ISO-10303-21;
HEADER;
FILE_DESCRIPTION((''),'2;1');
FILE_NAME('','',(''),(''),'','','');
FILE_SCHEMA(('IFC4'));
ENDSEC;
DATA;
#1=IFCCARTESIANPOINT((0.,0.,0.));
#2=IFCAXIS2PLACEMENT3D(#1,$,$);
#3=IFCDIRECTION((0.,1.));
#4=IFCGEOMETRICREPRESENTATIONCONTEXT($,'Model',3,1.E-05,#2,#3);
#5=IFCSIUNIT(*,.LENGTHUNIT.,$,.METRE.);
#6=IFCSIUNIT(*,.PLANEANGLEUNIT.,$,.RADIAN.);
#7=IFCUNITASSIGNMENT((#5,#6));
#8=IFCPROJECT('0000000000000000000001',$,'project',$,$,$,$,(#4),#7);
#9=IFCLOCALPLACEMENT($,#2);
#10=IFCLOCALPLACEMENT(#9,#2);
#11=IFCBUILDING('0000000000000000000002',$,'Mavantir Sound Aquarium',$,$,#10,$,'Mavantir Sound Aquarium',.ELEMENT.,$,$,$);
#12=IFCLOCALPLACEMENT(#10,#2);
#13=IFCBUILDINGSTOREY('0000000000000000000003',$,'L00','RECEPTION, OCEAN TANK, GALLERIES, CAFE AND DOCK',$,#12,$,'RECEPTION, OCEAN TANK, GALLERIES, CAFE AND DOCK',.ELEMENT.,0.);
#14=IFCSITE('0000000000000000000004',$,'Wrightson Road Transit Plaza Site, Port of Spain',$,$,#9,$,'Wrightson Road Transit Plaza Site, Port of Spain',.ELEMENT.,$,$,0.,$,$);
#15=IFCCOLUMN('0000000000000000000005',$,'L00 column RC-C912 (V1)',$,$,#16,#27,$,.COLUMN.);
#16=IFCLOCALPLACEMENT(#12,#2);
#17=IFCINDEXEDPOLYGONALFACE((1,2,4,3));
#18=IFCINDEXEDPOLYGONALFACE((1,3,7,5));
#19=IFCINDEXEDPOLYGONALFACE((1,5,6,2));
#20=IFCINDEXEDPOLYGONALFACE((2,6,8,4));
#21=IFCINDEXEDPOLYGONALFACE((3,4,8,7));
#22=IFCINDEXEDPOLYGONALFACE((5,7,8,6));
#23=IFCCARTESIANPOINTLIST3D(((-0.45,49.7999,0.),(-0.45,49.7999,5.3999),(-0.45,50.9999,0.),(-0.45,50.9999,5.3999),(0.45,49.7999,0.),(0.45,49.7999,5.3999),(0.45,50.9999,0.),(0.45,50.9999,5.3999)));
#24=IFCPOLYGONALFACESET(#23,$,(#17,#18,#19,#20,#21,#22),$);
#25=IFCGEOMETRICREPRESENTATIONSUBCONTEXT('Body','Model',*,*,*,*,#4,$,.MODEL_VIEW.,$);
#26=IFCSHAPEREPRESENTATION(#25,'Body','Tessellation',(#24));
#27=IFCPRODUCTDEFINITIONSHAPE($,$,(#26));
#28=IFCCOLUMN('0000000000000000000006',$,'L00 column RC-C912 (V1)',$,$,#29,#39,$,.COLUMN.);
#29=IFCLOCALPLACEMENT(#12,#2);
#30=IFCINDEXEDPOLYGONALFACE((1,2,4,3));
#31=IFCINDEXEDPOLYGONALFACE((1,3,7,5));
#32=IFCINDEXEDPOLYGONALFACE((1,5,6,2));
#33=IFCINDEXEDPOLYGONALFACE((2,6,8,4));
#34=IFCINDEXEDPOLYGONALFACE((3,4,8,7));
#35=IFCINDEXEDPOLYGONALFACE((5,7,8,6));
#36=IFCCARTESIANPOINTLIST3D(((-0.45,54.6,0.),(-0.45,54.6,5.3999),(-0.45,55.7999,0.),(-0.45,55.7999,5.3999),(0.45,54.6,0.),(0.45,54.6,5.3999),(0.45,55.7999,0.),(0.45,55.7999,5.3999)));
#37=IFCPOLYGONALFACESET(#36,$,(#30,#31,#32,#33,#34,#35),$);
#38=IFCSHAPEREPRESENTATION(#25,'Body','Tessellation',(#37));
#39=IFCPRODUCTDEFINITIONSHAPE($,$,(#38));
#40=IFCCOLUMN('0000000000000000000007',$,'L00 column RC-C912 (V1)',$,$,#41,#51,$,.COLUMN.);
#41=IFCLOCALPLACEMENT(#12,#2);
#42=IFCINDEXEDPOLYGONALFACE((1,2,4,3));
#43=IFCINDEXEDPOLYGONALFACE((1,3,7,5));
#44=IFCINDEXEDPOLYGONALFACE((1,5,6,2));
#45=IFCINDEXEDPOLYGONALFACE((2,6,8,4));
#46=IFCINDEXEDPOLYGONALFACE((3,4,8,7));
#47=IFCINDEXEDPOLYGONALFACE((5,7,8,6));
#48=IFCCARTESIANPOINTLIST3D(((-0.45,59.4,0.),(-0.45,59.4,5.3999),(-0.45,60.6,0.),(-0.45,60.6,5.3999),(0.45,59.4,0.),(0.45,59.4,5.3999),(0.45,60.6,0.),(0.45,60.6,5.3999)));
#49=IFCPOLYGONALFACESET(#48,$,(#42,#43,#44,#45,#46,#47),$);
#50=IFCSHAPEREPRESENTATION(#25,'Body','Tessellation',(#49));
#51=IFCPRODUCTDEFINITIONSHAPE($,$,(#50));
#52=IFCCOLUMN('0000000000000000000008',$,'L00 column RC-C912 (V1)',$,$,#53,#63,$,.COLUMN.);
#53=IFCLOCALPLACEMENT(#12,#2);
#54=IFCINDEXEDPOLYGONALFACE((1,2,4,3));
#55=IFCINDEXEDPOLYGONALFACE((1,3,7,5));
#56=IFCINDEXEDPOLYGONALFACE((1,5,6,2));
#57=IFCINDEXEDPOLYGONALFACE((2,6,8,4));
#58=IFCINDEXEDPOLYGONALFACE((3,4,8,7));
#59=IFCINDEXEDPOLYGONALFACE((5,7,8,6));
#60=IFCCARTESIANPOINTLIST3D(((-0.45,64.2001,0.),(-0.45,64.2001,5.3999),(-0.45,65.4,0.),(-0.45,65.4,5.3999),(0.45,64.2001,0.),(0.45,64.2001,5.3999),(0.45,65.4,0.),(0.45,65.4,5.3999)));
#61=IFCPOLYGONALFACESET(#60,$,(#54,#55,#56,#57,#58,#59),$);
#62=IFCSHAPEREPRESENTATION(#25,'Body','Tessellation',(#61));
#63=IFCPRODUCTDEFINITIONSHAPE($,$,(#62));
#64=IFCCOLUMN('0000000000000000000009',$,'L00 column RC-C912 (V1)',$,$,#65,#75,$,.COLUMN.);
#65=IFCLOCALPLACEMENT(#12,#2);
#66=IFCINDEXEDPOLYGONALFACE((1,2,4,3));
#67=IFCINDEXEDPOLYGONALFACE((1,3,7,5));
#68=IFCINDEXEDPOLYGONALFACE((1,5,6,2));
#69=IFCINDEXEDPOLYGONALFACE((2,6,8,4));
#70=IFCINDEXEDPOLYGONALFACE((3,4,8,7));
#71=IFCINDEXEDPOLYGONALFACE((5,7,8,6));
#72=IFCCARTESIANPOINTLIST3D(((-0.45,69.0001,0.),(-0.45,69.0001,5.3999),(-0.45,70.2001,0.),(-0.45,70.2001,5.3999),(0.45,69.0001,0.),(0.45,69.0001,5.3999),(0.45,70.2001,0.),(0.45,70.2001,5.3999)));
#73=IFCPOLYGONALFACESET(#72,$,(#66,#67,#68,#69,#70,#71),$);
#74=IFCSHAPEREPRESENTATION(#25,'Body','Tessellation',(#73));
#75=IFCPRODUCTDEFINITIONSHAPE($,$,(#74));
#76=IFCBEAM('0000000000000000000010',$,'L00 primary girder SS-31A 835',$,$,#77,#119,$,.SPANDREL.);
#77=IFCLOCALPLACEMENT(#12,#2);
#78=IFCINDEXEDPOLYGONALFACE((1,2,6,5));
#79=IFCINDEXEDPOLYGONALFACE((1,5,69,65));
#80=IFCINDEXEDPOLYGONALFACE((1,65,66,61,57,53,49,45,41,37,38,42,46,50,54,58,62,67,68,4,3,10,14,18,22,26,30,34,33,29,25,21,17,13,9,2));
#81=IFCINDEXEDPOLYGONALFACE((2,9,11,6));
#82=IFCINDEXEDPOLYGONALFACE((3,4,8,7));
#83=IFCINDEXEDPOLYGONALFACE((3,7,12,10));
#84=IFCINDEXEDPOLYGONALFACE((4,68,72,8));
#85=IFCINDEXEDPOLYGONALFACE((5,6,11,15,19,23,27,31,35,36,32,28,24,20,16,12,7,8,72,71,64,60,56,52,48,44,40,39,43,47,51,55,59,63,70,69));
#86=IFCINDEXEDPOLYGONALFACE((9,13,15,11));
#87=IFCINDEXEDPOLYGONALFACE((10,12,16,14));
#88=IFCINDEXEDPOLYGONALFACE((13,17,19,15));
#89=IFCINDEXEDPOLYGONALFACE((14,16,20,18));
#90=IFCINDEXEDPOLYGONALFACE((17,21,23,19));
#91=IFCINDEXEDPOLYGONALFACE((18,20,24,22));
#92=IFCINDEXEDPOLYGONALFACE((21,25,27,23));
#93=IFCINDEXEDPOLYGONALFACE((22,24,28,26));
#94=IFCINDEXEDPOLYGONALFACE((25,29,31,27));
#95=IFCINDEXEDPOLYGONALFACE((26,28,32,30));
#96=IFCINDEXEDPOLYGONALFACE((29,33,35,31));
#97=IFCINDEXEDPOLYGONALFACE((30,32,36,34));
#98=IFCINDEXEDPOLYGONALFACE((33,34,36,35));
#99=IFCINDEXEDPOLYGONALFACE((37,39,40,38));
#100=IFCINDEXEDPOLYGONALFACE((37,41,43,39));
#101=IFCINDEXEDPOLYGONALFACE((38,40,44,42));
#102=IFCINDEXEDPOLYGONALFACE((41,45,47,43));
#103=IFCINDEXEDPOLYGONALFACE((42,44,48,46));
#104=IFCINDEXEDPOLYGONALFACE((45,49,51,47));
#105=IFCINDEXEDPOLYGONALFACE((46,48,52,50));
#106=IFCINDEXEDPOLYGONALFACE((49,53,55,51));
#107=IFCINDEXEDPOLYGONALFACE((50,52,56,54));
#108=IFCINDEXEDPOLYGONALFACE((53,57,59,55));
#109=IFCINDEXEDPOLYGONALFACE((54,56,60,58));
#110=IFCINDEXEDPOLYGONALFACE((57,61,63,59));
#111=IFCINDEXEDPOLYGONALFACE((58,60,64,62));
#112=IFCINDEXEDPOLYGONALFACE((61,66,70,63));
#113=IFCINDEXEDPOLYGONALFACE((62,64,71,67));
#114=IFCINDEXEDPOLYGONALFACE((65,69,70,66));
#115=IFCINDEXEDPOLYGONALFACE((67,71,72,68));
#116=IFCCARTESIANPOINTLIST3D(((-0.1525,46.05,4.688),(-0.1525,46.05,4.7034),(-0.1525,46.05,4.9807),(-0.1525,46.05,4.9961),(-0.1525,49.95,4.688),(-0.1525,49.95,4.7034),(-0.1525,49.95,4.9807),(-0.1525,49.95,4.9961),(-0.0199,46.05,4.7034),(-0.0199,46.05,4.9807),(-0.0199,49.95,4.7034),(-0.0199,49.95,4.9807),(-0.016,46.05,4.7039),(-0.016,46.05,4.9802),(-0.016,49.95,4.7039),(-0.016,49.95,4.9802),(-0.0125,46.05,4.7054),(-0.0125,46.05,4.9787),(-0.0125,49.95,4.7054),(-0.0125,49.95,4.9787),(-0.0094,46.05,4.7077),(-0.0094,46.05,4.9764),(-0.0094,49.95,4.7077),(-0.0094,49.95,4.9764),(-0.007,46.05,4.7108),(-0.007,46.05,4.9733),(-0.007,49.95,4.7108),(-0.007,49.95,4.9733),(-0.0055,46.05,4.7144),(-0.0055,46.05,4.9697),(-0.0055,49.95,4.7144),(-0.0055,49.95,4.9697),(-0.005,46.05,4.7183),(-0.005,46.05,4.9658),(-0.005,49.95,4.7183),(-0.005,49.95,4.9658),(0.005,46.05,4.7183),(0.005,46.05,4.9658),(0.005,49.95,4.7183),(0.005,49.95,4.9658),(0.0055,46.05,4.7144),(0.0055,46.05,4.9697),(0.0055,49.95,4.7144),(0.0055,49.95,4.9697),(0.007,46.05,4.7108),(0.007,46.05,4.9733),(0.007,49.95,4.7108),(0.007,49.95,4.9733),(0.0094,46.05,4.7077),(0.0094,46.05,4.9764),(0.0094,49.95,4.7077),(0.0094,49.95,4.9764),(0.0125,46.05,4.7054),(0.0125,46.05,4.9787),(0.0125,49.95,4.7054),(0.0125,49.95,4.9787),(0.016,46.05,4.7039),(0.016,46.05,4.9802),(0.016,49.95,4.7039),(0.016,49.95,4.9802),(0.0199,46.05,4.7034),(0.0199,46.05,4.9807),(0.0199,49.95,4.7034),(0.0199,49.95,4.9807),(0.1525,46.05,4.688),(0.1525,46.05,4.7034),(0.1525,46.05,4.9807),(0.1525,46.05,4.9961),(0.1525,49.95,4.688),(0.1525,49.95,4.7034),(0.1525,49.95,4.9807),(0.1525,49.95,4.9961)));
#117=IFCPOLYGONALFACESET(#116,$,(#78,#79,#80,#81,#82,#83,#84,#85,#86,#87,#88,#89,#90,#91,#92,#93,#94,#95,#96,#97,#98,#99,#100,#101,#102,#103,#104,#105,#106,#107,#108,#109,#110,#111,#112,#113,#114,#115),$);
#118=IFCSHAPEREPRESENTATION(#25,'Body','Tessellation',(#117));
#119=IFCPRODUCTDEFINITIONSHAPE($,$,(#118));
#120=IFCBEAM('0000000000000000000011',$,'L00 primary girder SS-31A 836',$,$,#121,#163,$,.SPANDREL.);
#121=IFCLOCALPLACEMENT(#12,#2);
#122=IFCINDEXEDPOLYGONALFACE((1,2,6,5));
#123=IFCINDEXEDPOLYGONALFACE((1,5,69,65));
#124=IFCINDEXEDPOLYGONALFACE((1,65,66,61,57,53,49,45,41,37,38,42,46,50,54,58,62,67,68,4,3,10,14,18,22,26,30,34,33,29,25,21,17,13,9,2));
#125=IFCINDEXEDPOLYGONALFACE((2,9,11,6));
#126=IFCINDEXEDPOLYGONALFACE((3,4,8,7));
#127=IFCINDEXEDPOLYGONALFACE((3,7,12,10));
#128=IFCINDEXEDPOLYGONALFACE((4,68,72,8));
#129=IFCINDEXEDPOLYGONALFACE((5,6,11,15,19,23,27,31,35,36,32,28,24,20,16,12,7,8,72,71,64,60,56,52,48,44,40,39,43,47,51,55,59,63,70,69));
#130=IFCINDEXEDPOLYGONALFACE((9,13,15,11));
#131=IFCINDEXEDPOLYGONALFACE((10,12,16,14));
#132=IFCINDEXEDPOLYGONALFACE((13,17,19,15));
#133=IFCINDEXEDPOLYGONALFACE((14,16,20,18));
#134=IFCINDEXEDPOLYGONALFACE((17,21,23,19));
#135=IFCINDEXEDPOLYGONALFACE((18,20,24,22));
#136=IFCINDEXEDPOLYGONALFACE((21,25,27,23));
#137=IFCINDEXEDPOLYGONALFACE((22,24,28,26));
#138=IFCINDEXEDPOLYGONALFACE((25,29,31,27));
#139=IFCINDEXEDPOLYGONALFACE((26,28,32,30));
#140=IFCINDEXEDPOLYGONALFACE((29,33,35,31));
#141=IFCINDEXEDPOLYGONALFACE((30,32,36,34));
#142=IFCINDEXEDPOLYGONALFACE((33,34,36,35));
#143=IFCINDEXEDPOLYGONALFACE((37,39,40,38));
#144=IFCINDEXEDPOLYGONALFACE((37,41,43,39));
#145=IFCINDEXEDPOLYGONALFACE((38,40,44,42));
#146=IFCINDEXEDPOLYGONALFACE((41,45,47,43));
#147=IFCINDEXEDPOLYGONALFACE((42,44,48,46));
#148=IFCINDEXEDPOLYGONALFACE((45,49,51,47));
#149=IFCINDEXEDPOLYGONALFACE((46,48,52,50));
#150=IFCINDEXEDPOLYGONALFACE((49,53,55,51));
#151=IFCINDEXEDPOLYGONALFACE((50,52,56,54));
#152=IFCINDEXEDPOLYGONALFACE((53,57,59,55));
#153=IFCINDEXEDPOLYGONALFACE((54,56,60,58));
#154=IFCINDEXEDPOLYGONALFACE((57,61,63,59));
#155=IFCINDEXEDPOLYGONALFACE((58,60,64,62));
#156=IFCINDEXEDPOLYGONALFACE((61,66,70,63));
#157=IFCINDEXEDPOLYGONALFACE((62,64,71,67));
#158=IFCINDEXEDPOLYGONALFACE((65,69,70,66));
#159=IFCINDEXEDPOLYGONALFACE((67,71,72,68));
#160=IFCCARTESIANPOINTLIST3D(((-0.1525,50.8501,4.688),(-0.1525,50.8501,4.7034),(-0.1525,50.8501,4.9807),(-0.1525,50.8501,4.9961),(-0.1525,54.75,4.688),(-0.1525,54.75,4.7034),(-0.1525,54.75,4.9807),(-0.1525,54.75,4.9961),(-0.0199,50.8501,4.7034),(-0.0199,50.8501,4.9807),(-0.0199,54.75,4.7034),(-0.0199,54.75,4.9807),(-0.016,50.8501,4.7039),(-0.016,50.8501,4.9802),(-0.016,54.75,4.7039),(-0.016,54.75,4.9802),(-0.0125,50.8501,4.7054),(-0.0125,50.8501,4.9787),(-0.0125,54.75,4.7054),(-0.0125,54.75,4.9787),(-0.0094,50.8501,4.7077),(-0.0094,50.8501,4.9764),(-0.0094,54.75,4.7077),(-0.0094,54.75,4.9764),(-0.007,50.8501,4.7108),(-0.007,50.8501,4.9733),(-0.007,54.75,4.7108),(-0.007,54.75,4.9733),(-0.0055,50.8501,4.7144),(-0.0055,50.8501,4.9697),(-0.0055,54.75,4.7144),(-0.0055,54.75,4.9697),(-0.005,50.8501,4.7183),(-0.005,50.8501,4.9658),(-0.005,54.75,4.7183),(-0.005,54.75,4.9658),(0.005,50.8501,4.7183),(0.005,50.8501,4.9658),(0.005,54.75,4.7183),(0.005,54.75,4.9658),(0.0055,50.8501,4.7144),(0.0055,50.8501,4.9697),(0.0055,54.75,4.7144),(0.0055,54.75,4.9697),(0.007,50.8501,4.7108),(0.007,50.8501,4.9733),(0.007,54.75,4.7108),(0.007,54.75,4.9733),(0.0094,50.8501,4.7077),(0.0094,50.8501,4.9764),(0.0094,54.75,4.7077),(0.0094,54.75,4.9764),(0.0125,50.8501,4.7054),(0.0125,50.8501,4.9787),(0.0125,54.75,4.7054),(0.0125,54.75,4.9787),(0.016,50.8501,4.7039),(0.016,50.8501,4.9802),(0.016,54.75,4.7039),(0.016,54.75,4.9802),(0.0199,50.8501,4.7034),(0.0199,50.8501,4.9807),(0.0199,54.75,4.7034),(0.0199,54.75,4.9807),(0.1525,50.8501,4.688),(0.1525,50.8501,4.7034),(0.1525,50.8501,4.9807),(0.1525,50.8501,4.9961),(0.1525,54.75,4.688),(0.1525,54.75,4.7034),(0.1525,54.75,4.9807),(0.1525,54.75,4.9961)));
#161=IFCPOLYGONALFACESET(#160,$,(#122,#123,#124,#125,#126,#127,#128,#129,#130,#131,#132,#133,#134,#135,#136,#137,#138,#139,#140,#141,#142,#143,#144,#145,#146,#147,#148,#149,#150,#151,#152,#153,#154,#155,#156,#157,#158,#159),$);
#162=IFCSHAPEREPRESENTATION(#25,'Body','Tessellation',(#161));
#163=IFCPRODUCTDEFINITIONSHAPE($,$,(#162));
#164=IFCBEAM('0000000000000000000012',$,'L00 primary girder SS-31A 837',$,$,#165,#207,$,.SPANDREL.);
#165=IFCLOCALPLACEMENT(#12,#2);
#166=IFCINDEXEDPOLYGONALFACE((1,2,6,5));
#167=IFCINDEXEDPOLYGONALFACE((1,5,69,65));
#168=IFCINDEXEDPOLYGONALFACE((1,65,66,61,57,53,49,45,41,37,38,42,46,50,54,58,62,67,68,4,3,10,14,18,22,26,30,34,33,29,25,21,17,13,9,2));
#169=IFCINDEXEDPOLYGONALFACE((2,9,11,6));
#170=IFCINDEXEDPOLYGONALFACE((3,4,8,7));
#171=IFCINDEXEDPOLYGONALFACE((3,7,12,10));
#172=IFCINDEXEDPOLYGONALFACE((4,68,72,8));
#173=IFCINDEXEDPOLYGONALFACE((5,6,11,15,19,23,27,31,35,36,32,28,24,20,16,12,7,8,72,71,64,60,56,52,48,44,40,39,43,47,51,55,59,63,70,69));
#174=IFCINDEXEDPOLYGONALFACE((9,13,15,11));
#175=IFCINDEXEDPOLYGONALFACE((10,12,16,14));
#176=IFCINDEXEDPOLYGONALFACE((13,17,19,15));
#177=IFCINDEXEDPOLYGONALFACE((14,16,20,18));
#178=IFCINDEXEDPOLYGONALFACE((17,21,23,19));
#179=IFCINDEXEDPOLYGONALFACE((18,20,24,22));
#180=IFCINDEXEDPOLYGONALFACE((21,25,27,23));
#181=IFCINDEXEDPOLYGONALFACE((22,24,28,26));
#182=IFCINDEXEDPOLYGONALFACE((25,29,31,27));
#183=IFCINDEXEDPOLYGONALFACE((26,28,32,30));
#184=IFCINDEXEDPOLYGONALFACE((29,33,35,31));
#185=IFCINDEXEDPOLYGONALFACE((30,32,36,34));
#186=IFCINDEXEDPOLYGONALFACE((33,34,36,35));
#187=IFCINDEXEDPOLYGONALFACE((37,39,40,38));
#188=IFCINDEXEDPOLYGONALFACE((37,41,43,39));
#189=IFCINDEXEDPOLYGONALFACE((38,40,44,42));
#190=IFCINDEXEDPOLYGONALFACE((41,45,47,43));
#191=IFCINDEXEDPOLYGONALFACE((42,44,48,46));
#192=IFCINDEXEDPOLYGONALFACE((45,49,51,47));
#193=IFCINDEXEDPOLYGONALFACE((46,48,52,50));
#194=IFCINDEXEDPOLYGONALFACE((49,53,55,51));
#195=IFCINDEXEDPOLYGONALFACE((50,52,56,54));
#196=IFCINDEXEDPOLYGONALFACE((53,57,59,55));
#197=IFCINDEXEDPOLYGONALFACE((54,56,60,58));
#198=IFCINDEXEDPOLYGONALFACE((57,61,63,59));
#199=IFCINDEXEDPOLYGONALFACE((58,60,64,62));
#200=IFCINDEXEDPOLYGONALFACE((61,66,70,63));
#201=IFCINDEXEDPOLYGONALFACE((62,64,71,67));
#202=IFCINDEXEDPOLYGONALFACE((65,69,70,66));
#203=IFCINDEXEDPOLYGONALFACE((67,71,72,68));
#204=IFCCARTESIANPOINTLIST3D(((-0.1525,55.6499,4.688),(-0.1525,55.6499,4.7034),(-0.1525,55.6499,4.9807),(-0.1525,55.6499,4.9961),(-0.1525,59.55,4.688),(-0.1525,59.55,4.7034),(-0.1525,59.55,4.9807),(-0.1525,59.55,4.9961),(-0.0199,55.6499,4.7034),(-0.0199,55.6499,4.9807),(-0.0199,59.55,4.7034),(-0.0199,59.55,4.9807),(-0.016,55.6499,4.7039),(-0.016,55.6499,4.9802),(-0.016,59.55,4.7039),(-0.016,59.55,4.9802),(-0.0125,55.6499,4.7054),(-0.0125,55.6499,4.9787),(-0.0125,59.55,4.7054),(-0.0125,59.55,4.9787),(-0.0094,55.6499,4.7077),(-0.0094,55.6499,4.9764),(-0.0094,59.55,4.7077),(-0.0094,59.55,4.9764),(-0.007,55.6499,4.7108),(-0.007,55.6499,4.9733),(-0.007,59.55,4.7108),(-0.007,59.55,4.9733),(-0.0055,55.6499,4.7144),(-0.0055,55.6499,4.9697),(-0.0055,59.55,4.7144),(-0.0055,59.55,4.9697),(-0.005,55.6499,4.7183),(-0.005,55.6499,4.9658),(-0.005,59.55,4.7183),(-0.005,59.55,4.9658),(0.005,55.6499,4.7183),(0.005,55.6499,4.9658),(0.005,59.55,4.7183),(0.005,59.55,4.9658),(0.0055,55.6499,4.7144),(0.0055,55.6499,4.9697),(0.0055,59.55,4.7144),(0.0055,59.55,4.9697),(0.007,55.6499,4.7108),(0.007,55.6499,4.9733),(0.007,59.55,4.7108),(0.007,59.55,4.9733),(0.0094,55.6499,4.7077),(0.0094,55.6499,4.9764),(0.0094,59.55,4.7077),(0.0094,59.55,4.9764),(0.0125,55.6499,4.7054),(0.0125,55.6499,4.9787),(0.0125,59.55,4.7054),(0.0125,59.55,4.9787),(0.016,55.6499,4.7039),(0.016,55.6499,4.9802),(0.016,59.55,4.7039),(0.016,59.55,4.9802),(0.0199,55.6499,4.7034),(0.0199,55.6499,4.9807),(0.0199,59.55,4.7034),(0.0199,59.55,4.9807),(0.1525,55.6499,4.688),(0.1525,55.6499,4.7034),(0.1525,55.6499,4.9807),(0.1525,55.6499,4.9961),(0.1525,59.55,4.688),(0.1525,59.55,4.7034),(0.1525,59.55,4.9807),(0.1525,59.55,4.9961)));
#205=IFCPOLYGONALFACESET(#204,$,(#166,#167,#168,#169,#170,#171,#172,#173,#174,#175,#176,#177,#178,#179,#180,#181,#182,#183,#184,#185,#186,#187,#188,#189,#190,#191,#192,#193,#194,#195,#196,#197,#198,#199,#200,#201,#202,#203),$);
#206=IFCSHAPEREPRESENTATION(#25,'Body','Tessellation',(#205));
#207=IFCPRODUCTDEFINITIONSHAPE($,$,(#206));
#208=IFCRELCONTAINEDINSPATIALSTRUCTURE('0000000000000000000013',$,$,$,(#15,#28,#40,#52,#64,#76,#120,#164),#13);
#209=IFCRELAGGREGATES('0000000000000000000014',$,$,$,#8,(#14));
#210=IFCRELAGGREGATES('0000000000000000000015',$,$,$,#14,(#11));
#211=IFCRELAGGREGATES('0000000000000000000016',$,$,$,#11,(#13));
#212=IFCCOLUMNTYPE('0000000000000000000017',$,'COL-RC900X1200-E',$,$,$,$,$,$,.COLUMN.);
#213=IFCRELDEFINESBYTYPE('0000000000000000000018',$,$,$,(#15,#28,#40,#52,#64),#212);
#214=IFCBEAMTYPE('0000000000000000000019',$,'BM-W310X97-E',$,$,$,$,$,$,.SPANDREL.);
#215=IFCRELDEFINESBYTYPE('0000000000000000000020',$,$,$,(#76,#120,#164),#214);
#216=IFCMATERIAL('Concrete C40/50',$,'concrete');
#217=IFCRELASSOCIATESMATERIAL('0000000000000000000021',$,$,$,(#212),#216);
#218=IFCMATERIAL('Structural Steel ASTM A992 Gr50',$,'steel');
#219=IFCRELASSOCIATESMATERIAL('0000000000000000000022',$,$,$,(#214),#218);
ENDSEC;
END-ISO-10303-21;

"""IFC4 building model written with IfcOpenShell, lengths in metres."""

from ifc_helpers import new_model, si_unit, direction, frame, origin, origin_2d, place, context, subcontext, project, spatial, rectangle, i_section, extrude, material, material_profile, profile_set, type_object, element, save


model = new_model("IFC4")

# Units and contexts
model_context = context("Model", 3, precision=1e-05, world=origin(), true_north=direction((0.0, 1.0)))
body_context = subcontext(model_context, "Body", "Model", "MODEL_VIEW")
ifc_project = project(units=[si_unit("LENGTHUNIT", "METRE"), si_unit("PLANEANGLEUNIT", "RADIAN")], contexts=[model_context])

# Site, building, storey
site_placement = place(None, origin())
site = spatial("IfcSite", under=ifc_project, at=site_placement, Name="Wrightson Road Transit Plaza Site, Port of Spain", LongName="Wrightson Road Transit Plaza Site, Port of Spain", CompositionType="ELEMENT", RefElevation=0.0)
building_placement = place(site_placement, origin())
building = spatial("IfcBuilding", under=site, at=building_placement, Name="Mavantir Sound Aquarium", LongName="Mavantir Sound Aquarium", CompositionType="ELEMENT")
storey_placement = place(building_placement, origin())
storey = spatial("IfcBuildingStorey", under=building, at=storey_placement, Name="L00", Description="RECEPTION, OCEAN TANK, GALLERIES, CAFE AND DOCK", LongName="RECEPTION, OCEAN TANK, GALLERIES, CAFE AND DOCK", CompositionType="ELEMENT", Elevation=0.0)

# Columns
ifc_material_1 = material(Name="Concrete C40/50", Category="concrete")
ifc_material_profile_1 = material_profile(ifc_material_1, rectangle(XDim=0.8999, YDim=1.2, at=origin_2d()), Name="RC 900X1200")
ifc_profile_set_1 = profile_set([ifc_material_profile_1], Name="Concrete C40/50")
column_type = type_object("IfcColumnType", Name="COL-RC900X1200-E", PredefinedType="COLUMN", material=ifc_profile_set_1)
for number, where, z_axis, x_axis, name in (
    (1, (0.0, 50.3999, 0.0), (0.0, 0.0, 1.0), (1.0, 0.0, 0.0), "L00 column RC-C912 (V1)"),
    (2, (0.0, 55.2, 0.0), (0.0, 0.0, 1.0), (1.0, 0.0, 0.0), "L00 column RC-C912 (V1)"),
    (3, (0.0, 60.0, 0.0), (0.0, 0.0, 1.0), (1.0, 0.0, 0.0), "L00 column RC-C912 (V1)"),
    (4, (0.0, 64.8, 0.0), (0.0, 0.0, 1.0), (1.0, 0.0, 0.0), "L00 column RC-C912 (V1)"),
    (5, (0.0, 69.6001, 0.0), (0.0, 0.0, 1.0), (1.0, 0.0, 0.0), "L00 column RC-C912 (V1)"),
):
    element("IfcColumn", number, at=place(storey_placement, frame(where, z_axis=z_axis, x_axis=x_axis)), inside=storey, type_object=column_type, Name=name, PredefinedType="COLUMN", context=body_context, shape_type="SweptSolid", body=[
        extrude(rectangle(XDim=0.8999, YDim=1.2, at=origin_2d()), origin(), (0.0, 0.0, 1.0), 5.3999),
    ])

# Beams
ifc_material_2 = material(Name="Structural Steel ASTM A992 Gr50", Category="steel")
ifc_material_profile_2 = material_profile(ifc_material_2, i_section(OverallWidth=0.3049, OverallDepth=0.3081, WebThickness=0.01, FlangeThickness=0.0154, FilletRadius=0.0149, at=origin_2d()), Name="W310X97")
ifc_profile_set_2 = profile_set([ifc_material_profile_2], Name="Structural Steel ASTM A992 Gr50")
beam_type_1 = type_object("IfcBeamType", Name="BM-W310X97-E", PredefinedType="SPANDREL", material=ifc_profile_set_2)
for number, where, z_axis, x_axis, name in (
    (6, (0.0, 46.05, 4.842), (0.0, 1.0, 0.0), (-1.0, 0.0, 0.0), "L00 primary girder SS-31A 835"),
    (7, (0.0, 50.8501, 4.842), (0.0, 1.0, 0.0), (-1.0, 0.0, 0.0), "L00 primary girder SS-31A 836"),
):
    element("IfcBeam", number, at=place(storey_placement, frame(where, z_axis=z_axis, x_axis=x_axis)), inside=storey, type_object=beam_type_1, Name=name, PredefinedType="SPANDREL", context=body_context, shape_type="SweptSolid", body=[
        extrude(i_section(OverallWidth=0.3049, OverallDepth=0.3081, WebThickness=0.01, FlangeThickness=0.0154, FilletRadius=0.0149, at=origin_2d()), origin(), (0.0, 0.0, 1.0), 3.8999),
    ])
for number, where, z_axis, x_axis, name in (
    (8, (0.0, 55.6499, 4.842), (0.0, 1.0, 0.0), (-1.0, 0.0, 0.0), "L00 primary girder SS-31A 837"),
):
    element("IfcBeam", number, at=place(storey_placement, frame(where, z_axis=z_axis, x_axis=x_axis)), inside=storey, type_object=beam_type_1, Name=name, PredefinedType="SPANDREL", context=body_context, shape_type="SweptSolid", body=[
        extrude(i_section(OverallWidth=0.3049, OverallDepth=0.3081, WebThickness=0.01, FlangeThickness=0.0154, FilletRadius=0.0149, at=origin_2d()), origin(), (0.0, 0.0, 1.0), 3.9001),
    ])

save(model, "model.ifc")
